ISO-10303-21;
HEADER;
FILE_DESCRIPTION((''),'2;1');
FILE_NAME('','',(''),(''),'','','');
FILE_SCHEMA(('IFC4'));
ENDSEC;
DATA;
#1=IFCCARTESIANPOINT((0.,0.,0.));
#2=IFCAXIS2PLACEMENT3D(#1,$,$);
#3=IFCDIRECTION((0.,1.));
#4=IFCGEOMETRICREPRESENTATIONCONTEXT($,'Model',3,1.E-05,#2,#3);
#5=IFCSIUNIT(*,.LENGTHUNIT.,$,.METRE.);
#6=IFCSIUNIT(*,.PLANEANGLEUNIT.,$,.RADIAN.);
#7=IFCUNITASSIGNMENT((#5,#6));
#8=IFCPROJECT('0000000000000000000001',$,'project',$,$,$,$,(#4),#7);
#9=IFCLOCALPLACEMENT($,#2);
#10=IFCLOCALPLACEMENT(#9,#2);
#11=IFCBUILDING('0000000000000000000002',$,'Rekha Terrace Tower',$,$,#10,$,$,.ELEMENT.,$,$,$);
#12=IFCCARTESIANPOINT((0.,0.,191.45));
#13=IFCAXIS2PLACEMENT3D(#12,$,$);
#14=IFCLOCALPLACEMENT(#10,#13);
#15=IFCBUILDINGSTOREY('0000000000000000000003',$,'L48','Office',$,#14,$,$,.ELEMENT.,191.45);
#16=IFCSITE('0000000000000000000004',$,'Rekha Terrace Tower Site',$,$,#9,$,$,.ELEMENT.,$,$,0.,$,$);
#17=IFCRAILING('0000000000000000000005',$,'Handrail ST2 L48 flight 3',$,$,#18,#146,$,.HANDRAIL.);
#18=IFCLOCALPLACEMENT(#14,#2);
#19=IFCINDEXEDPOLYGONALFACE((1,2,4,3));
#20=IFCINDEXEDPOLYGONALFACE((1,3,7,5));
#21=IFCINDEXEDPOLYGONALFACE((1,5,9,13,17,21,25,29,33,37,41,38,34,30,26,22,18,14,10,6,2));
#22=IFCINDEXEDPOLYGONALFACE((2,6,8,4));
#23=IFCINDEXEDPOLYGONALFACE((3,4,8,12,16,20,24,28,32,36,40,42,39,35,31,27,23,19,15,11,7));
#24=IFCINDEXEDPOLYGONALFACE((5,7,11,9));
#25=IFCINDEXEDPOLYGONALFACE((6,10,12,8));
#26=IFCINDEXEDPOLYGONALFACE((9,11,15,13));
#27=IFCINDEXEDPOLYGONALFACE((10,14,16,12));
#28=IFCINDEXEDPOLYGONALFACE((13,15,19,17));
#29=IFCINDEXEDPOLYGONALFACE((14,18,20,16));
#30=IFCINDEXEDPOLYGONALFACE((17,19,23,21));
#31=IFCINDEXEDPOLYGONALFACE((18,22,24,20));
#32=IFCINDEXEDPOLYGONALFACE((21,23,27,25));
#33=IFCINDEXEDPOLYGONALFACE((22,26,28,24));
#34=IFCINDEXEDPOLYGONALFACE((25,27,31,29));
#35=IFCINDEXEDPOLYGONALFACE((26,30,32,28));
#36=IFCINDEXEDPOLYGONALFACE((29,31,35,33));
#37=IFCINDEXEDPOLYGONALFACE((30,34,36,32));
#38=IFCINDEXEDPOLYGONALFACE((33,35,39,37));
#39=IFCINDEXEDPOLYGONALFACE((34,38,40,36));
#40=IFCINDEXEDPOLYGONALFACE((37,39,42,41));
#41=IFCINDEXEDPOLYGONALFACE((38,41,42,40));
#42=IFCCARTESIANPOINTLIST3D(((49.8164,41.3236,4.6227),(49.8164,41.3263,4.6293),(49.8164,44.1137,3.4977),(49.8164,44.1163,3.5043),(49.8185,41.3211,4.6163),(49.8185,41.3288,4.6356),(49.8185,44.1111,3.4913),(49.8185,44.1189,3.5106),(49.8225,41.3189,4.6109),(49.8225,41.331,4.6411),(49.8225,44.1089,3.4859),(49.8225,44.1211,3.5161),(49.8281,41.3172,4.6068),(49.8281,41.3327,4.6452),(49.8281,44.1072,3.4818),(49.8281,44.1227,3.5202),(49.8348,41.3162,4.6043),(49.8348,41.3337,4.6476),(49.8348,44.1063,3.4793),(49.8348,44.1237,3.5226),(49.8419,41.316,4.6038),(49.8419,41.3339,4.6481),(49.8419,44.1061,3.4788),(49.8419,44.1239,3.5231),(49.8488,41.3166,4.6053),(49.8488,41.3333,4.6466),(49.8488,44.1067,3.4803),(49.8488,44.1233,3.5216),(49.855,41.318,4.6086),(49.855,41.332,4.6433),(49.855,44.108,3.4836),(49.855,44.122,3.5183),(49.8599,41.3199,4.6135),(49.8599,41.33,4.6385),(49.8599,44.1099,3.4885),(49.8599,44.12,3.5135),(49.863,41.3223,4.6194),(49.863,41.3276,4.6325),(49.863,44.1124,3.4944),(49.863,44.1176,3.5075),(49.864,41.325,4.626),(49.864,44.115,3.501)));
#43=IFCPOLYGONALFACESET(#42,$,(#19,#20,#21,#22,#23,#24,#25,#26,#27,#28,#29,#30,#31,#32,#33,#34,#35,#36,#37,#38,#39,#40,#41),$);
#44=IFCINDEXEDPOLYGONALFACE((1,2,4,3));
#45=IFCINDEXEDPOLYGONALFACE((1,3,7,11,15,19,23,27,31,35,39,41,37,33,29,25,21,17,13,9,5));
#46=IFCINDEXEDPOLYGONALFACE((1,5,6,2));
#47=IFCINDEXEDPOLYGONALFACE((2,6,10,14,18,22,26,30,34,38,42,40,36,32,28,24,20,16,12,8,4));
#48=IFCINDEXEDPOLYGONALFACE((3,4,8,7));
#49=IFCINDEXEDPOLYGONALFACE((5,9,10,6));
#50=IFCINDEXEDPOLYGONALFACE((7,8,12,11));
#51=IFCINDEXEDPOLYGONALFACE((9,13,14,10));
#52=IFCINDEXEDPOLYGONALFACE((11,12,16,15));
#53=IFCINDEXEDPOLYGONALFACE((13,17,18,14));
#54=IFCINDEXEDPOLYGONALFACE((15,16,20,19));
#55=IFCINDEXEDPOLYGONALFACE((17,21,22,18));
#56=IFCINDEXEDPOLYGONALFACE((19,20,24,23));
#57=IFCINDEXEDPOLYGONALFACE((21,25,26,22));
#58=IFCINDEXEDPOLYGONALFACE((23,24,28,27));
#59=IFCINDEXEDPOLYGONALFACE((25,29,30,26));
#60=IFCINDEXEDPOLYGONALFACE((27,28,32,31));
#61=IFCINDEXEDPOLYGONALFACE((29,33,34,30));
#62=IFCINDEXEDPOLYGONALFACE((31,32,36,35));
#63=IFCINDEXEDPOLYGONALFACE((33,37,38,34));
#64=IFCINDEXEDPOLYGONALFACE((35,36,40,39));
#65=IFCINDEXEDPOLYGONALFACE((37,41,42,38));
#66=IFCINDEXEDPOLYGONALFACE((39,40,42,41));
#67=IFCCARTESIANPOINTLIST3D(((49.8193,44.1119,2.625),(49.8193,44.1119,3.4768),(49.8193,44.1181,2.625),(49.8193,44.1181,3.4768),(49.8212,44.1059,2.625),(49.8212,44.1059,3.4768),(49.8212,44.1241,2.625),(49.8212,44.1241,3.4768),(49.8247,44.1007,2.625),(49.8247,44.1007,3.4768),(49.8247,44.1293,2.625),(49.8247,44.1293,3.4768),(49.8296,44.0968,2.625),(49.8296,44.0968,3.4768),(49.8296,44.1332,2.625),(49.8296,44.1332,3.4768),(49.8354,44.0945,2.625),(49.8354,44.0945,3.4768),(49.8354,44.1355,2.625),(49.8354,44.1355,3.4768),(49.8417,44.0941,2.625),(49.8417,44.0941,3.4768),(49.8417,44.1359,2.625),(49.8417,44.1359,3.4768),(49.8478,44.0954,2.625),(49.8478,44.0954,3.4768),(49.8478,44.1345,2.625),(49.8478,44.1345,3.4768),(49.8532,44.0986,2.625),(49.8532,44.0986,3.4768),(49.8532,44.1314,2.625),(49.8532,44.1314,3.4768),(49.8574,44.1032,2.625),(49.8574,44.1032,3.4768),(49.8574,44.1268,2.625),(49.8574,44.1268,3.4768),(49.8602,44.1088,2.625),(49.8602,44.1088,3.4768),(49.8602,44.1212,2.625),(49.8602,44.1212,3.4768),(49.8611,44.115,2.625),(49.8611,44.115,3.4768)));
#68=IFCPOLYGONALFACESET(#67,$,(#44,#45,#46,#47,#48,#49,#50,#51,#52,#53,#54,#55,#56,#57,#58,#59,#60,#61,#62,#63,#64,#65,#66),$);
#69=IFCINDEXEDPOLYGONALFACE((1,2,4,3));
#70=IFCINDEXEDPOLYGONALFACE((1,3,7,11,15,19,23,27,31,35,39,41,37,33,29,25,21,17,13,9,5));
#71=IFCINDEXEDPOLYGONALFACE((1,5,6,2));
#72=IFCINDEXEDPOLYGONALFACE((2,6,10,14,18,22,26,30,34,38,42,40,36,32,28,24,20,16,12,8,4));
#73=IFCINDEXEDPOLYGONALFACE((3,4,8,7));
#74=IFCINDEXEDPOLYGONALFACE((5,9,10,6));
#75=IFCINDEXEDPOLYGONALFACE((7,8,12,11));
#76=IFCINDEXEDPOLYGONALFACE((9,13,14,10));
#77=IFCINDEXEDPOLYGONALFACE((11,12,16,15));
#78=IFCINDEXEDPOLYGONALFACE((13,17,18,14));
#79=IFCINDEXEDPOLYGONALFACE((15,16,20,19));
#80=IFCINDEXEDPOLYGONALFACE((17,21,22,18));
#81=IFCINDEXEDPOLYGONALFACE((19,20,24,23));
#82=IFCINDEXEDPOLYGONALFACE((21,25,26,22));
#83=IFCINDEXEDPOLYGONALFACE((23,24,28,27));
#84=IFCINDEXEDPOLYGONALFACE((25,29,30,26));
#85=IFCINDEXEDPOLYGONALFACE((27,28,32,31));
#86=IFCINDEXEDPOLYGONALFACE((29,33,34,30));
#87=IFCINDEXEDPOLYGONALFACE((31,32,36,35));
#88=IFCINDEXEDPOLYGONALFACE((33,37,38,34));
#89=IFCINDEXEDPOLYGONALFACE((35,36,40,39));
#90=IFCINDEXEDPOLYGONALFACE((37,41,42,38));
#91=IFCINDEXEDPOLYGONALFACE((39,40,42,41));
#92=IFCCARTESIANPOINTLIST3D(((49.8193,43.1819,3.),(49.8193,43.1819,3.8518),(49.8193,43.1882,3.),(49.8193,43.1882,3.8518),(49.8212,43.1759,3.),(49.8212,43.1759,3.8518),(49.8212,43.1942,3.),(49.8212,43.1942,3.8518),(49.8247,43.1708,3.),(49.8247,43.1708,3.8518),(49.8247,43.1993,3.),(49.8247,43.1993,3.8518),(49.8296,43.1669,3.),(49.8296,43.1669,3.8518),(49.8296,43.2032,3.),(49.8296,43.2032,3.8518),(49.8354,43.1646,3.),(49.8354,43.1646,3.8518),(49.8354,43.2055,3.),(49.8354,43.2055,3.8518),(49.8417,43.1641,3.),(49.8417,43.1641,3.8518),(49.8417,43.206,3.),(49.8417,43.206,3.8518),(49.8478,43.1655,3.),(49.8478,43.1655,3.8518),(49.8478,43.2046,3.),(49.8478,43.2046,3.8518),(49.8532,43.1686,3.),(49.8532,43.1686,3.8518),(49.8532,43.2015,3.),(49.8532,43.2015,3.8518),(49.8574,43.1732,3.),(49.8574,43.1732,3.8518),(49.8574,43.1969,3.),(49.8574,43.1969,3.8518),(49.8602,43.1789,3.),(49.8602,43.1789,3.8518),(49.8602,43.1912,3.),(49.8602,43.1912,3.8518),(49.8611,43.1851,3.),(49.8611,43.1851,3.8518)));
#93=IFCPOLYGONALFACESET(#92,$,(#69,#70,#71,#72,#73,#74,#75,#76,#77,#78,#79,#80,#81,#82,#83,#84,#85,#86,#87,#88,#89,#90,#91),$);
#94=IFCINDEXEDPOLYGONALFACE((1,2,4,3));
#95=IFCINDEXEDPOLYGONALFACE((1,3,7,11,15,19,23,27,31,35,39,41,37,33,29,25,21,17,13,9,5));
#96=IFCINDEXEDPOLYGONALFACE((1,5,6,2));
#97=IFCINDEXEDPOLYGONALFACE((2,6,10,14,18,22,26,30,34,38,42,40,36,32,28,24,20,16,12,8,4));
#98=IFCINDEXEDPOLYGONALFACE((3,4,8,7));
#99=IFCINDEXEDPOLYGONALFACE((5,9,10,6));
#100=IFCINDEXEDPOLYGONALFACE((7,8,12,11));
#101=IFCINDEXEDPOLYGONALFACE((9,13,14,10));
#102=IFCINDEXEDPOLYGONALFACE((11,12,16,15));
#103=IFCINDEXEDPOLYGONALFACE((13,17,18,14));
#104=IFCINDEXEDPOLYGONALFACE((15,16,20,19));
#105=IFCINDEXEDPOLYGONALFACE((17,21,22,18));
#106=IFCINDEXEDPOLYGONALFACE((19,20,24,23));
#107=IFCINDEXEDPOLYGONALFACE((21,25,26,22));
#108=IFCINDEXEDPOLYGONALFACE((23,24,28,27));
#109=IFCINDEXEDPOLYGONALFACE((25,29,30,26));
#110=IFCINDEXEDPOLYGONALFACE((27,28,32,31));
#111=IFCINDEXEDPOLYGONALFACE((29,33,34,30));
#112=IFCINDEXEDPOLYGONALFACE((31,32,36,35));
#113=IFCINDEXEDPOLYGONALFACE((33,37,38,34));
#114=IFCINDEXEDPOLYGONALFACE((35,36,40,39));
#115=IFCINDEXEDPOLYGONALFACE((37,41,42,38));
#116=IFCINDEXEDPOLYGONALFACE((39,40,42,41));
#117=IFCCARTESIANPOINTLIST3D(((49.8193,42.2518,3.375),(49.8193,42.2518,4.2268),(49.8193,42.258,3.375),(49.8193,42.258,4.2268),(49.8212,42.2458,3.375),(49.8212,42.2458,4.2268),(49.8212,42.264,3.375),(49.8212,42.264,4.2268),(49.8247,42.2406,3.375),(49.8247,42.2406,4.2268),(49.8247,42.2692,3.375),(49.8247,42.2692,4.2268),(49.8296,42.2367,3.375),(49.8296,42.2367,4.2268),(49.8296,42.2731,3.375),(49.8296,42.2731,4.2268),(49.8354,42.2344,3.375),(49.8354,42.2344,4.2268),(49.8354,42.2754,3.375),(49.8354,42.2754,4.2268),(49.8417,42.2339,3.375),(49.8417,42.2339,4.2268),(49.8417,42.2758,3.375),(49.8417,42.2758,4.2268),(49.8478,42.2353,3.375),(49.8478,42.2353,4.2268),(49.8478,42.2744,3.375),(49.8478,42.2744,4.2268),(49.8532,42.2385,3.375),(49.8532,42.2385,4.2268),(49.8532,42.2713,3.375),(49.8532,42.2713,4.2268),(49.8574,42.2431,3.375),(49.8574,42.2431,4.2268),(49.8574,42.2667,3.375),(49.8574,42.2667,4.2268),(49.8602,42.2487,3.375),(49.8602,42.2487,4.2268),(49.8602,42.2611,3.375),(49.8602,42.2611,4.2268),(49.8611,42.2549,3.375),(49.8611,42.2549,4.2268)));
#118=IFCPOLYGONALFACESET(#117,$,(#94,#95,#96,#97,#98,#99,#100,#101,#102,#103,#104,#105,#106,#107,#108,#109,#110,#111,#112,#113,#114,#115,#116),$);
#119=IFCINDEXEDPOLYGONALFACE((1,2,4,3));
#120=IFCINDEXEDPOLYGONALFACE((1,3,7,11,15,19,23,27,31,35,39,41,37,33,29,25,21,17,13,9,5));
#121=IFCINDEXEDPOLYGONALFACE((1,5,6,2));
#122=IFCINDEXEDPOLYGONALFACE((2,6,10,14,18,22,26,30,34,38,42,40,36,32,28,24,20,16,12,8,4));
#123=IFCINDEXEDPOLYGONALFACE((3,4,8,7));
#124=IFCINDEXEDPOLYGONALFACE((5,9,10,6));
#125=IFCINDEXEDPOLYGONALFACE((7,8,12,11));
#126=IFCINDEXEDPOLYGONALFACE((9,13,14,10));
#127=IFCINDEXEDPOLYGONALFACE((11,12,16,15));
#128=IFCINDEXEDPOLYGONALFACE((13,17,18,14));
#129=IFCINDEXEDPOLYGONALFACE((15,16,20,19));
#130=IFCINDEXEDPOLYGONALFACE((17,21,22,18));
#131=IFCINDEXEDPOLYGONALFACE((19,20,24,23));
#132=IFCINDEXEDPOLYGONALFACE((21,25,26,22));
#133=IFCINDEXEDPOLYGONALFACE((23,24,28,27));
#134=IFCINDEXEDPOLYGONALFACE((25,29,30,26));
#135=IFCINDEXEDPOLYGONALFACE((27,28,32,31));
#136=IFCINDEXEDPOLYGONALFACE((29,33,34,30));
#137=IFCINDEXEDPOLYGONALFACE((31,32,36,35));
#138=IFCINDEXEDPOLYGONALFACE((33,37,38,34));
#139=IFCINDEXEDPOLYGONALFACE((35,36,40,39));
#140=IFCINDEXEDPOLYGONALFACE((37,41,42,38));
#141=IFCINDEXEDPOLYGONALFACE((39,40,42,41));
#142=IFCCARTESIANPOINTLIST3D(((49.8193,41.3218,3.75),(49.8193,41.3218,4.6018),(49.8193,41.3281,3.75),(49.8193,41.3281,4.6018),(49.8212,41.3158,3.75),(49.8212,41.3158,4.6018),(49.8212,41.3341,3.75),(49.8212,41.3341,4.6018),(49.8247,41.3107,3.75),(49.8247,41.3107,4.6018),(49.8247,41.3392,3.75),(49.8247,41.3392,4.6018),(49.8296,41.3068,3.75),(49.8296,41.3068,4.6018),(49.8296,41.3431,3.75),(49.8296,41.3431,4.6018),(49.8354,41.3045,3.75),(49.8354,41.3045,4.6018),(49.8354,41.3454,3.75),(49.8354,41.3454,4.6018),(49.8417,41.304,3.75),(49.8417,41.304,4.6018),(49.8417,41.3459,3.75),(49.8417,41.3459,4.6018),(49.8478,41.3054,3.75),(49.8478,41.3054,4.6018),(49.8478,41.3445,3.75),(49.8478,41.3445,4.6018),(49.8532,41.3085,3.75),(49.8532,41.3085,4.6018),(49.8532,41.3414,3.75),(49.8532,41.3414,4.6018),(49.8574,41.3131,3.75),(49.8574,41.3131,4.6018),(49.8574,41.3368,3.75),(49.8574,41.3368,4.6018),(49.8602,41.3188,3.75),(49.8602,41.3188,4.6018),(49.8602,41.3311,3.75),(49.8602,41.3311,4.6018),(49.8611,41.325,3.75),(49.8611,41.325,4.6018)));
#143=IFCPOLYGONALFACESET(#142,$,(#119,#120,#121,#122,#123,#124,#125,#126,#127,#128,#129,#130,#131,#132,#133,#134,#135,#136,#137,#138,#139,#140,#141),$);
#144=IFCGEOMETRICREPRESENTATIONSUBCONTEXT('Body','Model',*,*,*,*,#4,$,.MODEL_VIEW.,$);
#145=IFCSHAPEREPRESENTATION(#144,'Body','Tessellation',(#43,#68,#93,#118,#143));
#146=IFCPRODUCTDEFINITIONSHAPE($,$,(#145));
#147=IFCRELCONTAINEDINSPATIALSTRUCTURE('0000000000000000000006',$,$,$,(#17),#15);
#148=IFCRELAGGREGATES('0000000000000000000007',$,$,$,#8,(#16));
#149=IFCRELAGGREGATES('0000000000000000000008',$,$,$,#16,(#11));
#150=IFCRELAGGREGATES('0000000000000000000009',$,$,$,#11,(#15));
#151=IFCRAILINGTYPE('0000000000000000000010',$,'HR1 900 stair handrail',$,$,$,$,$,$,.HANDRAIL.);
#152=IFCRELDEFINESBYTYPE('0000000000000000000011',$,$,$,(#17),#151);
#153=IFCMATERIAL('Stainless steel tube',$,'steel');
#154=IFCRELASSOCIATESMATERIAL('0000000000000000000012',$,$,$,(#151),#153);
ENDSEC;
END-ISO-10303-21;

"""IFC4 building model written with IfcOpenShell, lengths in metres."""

from ifc_helpers import new_model, si_unit, direction, frame, origin, origin_2d, place, context, subcontext, project, spatial, circle, extrude, material, type_object, element, save


model = new_model("IFC4")

# Units and contexts
model_context = context("Model", 3, precision=1e-05, world=origin(), true_north=direction((0.0, 1.0)))
body_context = subcontext(model_context, "Body", "Model", "MODEL_VIEW")
ifc_project = project(units=[si_unit("LENGTHUNIT", "METRE"), si_unit("PLANEANGLEUNIT", "RADIAN")], contexts=[model_context])

# Site, building, storey
site_placement = place(None, origin())
site = spatial("IfcSite", under=ifc_project, at=site_placement, Name="Rekha Terrace Tower Site", CompositionType="ELEMENT", RefElevation=0.0)
building_placement = place(site_placement, origin())
building = spatial("IfcBuilding", under=site, at=building_placement, Name="Rekha Terrace Tower", CompositionType="ELEMENT")
storey_placement = place(building_placement, frame((0.0, 0.0, 191.45)))
storey = spatial("IfcBuildingStorey", under=building, at=storey_placement, Name="L48", Description="Office", CompositionType="ELEMENT", Elevation=191.45)

# Railing
ifc_material_1 = material(Name="Stainless steel tube", Category="steel")
railing_type_1 = type_object("IfcRailingType", Name="HR1 900 stair handrail", PredefinedType="HANDRAIL", material=ifc_material_1)
railing_1_placement = place(storey_placement, frame((49.8401, 44.115, 2.625)))
element("IfcRailing", 1, at=railing_1_placement, inside=storey, type_object=railing_type_1, Name="Handrail ST2 L48 flight 3", PredefinedType="HANDRAIL", context=body_context, shape_type="SweptSolid", body=[
    extrude(circle(Radius=0.0239, at=origin_2d()), frame((0.0, 0.0, 0.876), z_axis=(0.0, -0.927443, 0.373964), x_axis=(1.0, 0.0, 0.0)), (0.0, 0.0, 1.0), 3.0083),
    extrude(circle(Radius=0.021, at=origin_2d()), origin(), (0.0, 0.0, 1.0), 0.8518),
    extrude(circle(Radius=0.021, at=origin_2d()), frame((0.0, -0.9299, 0.375)), (0.0, 0.0, 1.0), 0.8518),
    extrude(circle(Radius=0.021, at=origin_2d()), frame((0.0, -1.8601, 0.75)), (0.0, 0.0, 1.0), 0.8518),
    extrude(circle(Radius=0.021, at=origin_2d()), frame((0.0, -2.79, 1.125)), (0.0, 0.0, 1.0), 0.8518),
])

save(model, "model.ifc")
